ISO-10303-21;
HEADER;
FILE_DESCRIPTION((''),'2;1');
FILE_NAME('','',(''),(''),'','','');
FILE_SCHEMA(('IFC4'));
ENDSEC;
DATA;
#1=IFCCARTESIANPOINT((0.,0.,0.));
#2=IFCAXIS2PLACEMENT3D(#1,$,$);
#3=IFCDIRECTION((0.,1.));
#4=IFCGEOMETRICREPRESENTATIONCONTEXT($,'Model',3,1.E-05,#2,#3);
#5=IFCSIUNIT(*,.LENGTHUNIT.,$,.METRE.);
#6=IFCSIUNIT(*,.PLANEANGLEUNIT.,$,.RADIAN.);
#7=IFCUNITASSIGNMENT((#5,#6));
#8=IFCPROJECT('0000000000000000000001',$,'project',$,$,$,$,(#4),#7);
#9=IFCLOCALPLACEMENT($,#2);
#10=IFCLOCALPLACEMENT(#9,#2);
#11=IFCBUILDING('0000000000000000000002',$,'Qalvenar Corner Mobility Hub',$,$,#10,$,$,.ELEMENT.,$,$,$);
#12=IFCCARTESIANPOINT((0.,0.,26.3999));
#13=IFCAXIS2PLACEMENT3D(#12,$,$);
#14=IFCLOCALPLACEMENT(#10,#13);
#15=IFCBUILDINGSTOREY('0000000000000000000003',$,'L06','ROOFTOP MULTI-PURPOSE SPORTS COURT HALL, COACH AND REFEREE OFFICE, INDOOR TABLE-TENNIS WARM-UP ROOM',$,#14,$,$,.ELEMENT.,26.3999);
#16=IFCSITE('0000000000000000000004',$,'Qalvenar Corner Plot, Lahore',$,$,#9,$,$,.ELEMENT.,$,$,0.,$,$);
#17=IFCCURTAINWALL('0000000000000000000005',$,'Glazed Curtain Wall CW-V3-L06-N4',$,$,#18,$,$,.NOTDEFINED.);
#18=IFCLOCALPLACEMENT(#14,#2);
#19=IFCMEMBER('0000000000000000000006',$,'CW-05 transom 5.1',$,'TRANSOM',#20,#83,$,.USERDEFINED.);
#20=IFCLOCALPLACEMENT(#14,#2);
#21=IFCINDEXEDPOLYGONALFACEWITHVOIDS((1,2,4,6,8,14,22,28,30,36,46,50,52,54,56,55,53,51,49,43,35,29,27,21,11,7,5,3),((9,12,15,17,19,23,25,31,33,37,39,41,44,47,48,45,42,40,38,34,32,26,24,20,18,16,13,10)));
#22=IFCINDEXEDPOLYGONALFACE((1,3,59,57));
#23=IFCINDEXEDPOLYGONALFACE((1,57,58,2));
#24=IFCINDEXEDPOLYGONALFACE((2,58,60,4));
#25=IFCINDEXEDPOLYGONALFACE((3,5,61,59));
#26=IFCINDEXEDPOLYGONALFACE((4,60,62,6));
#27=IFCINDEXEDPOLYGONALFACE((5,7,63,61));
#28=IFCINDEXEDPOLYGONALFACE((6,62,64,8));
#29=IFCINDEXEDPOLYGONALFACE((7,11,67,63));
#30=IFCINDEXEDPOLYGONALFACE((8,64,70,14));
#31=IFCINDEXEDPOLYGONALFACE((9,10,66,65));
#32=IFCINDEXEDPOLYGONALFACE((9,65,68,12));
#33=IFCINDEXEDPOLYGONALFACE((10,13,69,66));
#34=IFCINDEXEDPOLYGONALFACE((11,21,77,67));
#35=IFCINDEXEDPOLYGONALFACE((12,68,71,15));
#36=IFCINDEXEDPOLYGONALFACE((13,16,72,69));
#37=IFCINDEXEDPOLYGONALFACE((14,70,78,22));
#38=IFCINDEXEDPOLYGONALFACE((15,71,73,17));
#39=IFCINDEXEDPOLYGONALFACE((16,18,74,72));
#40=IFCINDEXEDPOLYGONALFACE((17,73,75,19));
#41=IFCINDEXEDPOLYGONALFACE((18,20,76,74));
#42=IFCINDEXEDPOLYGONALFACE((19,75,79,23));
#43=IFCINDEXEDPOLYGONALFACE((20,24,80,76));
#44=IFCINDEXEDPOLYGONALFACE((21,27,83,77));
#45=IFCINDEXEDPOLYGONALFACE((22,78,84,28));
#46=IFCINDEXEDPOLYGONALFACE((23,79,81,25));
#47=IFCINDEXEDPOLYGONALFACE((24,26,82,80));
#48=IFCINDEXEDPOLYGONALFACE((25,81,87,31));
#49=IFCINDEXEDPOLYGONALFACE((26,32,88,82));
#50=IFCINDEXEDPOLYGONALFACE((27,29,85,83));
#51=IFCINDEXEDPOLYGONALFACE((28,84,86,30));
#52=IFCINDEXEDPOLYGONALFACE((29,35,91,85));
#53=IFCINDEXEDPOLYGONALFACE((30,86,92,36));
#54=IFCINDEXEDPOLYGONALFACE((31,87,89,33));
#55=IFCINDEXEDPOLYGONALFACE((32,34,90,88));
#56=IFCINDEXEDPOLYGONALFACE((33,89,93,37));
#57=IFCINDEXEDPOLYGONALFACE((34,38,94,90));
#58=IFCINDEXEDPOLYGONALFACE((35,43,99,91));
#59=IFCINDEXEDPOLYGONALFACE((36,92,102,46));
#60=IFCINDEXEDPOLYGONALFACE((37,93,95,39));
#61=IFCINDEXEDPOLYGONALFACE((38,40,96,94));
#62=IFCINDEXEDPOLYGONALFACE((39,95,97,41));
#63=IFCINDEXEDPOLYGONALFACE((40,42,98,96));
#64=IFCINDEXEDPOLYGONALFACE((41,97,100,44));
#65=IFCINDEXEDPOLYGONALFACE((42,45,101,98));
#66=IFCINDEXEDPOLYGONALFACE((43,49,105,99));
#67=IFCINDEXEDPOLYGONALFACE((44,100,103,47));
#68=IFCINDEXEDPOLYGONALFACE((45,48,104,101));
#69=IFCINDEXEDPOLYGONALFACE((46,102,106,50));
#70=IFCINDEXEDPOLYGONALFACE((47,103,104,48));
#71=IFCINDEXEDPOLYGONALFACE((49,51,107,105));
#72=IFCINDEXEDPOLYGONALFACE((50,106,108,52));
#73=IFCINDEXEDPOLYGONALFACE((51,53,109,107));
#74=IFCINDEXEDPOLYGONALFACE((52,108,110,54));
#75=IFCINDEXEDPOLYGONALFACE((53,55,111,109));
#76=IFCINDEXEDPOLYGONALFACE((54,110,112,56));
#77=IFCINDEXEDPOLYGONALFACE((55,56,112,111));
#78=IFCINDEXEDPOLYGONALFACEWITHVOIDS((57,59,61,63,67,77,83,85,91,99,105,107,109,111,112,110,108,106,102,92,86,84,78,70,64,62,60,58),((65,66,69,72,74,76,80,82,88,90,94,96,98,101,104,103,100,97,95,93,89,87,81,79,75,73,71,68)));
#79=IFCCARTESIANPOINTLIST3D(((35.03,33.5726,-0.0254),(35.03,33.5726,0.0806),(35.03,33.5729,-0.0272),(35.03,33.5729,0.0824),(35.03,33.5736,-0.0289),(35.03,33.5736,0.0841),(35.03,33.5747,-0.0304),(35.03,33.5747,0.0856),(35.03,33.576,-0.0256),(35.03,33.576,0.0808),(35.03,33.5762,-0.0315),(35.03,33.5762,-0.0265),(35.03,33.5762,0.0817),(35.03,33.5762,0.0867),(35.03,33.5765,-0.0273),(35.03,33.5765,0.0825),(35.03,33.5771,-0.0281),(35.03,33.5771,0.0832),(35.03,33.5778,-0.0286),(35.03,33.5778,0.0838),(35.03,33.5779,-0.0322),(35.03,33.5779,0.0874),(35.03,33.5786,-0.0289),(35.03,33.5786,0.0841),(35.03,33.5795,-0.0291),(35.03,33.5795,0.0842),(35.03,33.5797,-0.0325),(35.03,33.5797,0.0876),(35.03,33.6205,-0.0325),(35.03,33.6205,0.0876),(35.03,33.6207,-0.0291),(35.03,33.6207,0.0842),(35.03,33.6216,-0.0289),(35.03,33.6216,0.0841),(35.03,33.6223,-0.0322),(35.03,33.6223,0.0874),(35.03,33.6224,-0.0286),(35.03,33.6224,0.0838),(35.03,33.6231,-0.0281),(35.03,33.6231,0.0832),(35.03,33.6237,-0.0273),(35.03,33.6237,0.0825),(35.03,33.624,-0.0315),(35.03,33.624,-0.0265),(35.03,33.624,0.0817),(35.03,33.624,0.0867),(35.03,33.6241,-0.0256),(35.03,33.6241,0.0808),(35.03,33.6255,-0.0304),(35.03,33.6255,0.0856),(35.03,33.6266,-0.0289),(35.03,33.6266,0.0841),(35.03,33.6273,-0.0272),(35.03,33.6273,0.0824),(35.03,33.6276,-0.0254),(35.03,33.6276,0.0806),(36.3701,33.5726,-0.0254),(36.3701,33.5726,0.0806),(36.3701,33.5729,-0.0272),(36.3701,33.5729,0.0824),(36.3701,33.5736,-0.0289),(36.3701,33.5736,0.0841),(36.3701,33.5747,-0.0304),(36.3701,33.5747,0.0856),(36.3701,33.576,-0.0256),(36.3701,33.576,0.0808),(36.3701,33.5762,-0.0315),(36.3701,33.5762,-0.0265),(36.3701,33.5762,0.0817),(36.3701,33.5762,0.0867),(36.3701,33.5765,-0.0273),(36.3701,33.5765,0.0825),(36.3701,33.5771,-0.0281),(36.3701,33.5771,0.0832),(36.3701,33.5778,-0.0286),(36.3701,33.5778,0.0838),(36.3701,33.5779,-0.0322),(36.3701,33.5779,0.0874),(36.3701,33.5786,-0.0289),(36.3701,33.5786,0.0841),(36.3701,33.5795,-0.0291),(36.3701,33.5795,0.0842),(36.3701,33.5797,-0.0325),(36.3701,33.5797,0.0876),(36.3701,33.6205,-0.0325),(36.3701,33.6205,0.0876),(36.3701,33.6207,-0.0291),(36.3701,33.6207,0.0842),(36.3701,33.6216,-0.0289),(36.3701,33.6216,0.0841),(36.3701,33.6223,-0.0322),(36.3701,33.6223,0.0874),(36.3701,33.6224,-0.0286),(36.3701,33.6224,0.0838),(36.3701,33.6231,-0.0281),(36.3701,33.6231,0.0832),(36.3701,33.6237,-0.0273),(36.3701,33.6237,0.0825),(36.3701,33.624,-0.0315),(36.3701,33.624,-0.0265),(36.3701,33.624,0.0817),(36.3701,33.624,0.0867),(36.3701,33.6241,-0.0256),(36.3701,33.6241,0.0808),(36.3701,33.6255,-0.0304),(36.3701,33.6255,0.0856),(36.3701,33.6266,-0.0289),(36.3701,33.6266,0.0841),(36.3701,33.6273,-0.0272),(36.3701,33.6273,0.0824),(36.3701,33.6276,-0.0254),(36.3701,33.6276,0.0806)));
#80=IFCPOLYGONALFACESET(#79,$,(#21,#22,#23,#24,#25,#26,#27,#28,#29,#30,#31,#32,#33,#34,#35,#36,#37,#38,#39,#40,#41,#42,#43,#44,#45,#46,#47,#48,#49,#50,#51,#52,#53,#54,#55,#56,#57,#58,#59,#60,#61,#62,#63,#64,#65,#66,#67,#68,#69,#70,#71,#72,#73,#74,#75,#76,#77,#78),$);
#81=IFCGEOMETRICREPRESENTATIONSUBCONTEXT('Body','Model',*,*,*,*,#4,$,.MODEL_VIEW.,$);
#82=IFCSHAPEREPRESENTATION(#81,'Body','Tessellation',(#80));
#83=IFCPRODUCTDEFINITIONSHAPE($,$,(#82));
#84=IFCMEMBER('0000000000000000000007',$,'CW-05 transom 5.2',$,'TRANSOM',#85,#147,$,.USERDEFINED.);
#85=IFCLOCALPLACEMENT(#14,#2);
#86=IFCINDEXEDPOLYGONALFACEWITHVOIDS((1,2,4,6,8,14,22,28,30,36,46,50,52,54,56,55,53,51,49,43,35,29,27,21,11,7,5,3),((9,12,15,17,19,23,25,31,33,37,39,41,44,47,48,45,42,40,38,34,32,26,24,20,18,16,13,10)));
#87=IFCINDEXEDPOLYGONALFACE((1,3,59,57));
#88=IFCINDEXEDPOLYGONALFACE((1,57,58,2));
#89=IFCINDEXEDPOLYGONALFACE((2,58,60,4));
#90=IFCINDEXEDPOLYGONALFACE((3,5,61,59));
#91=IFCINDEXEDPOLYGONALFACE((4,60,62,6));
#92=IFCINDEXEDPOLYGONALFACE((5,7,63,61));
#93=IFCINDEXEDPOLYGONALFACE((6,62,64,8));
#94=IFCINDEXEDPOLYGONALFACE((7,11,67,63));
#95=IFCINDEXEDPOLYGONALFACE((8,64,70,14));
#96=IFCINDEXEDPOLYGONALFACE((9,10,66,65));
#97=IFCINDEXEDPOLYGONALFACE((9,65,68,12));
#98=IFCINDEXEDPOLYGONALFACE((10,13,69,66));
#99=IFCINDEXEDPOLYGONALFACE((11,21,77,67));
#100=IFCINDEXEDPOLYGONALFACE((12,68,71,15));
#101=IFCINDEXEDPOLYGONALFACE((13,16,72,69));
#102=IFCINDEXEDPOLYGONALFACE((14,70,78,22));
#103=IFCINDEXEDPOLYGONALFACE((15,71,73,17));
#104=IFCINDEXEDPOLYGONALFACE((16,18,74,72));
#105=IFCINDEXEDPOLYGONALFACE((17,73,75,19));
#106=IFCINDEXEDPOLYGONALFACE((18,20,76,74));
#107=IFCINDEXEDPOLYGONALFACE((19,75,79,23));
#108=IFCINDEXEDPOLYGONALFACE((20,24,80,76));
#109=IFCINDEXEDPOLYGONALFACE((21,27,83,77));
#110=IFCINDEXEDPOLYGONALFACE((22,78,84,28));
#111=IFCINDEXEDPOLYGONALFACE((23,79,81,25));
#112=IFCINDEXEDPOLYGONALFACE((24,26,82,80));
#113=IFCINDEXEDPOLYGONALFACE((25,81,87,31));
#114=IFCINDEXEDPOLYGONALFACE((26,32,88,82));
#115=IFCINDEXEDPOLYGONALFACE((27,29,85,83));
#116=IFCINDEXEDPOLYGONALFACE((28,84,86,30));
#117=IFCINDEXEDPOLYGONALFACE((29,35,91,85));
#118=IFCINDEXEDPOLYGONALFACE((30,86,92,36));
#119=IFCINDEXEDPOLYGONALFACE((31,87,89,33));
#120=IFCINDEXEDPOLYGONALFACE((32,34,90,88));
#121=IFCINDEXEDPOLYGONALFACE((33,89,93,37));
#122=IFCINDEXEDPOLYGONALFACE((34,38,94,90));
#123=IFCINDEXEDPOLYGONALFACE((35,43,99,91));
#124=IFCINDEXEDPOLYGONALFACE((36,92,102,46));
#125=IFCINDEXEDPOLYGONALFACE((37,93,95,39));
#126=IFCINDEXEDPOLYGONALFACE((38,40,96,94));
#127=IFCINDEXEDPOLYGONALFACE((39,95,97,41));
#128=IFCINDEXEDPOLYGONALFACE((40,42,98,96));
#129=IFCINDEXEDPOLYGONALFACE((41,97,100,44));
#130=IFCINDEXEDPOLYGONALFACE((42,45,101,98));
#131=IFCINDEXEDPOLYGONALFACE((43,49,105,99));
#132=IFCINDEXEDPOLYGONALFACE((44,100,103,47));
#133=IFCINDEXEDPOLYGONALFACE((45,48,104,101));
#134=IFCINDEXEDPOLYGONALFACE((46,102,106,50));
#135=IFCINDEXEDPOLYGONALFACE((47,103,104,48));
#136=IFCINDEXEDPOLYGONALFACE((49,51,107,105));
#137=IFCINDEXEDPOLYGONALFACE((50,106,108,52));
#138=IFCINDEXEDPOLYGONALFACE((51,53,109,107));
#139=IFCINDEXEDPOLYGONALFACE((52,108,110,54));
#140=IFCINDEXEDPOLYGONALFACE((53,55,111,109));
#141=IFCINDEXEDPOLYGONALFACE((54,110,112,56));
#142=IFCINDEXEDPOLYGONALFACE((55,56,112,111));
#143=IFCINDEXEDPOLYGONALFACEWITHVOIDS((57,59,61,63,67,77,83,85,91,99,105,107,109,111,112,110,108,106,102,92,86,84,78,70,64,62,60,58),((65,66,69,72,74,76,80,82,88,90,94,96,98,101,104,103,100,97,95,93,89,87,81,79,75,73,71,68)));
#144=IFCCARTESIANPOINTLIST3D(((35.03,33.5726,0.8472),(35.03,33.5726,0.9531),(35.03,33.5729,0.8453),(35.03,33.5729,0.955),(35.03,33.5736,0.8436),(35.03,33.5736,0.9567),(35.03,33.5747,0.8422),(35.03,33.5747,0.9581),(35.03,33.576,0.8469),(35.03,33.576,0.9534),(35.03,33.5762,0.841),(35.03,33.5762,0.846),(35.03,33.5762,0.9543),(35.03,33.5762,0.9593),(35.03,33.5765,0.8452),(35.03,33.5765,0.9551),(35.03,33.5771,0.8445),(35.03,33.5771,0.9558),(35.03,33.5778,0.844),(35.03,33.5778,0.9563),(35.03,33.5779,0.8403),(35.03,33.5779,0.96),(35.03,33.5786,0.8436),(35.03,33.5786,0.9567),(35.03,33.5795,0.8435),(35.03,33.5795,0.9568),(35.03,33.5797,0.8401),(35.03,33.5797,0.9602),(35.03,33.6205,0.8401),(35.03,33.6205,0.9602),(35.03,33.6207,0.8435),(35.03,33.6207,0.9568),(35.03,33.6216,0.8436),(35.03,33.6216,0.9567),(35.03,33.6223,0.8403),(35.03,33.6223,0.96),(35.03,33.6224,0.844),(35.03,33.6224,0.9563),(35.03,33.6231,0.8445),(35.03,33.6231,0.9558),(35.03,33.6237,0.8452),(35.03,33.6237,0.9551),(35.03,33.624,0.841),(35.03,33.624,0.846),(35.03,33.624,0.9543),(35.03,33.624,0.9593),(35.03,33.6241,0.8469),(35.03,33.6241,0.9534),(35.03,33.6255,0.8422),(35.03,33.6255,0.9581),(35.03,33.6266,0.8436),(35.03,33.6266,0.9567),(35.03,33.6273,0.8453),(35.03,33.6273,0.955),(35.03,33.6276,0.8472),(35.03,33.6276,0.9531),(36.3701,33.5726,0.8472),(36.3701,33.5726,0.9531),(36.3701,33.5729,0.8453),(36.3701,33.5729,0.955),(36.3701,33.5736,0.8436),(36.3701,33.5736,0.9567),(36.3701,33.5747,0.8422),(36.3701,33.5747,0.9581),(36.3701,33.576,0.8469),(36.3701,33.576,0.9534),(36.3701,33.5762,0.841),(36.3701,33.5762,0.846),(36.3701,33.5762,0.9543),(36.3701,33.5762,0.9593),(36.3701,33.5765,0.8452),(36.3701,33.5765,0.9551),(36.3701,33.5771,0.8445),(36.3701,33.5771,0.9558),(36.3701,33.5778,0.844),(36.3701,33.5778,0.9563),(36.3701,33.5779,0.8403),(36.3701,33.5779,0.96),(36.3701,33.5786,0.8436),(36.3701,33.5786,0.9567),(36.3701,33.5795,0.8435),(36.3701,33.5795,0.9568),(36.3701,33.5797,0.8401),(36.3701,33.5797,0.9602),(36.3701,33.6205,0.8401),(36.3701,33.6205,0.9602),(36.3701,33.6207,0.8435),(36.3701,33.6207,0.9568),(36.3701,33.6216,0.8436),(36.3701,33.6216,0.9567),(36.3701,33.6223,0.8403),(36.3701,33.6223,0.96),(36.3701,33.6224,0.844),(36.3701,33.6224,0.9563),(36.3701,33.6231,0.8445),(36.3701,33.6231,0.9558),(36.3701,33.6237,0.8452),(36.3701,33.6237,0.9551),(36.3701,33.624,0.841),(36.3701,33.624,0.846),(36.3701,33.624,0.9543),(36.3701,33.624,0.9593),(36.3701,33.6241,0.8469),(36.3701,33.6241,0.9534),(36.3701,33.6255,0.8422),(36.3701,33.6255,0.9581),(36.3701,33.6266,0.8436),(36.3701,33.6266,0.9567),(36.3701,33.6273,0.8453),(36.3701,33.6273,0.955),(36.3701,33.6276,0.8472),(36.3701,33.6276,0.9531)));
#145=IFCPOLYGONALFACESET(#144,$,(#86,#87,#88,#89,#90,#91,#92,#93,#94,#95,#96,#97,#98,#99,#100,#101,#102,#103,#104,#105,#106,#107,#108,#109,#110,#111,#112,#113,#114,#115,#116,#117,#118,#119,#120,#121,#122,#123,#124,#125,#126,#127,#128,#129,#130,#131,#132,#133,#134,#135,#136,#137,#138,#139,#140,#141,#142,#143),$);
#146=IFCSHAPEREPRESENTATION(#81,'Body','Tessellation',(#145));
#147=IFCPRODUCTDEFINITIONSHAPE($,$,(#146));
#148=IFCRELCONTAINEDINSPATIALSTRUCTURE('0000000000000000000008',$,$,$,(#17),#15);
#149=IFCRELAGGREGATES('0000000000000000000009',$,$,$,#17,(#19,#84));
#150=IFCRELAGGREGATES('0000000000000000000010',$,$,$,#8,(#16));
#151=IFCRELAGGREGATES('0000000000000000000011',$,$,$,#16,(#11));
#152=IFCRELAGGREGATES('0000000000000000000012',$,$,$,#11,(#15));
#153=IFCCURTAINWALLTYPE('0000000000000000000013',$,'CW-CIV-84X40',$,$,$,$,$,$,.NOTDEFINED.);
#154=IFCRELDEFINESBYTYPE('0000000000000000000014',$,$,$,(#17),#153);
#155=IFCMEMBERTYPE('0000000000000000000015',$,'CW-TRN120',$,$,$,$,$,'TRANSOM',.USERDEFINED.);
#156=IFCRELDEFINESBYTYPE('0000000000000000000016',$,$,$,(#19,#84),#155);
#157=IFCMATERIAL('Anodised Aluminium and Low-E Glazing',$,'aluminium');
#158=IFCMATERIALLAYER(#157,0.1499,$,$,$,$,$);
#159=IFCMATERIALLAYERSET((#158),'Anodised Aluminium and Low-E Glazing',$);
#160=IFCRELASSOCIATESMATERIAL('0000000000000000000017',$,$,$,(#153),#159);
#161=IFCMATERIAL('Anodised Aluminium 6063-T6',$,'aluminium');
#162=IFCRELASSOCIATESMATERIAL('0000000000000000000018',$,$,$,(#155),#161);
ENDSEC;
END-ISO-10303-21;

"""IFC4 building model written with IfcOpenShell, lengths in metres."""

from ifc_helpers import new_model, si_unit, direction, frame, origin, origin_2d, place, context, subcontext, project, spatial, hollow_rectangle, extrude, material, layer, layer_set, material_profile, profile_set, type_object, element, aggregate, save


model = new_model("IFC4")

# Units and contexts
model_context = context("Model", 3, precision=1e-05, world=origin(), true_north=direction((0.0, 1.0)))
body_context = subcontext(model_context, "Body", "Model", "MODEL_VIEW")
ifc_project = project(units=[si_unit("LENGTHUNIT", "METRE"), si_unit("PLANEANGLEUNIT", "RADIAN")], contexts=[model_context])

# Site, building, storey
site_placement = place(None, origin())
site = spatial("IfcSite", under=ifc_project, at=site_placement, Name="Qalvenar Corner Plot, Lahore", CompositionType="ELEMENT", RefElevation=0.0)
building_placement = place(site_placement, origin())
building = spatial("IfcBuilding", under=site, at=building_placement, Name="Qalvenar Corner Mobility Hub", CompositionType="ELEMENT")
storey_placement = place(building_placement, frame((0.0, 0.0, 26.3999)))
storey = spatial("IfcBuildingStorey", under=building, at=storey_placement, Name="L06", Description="ROOFTOP MULTI-PURPOSE SPORTS COURT HALL, COACH AND REFEREE OFFICE, INDOOR TABLE-TENNIS WARM-UP ROOM", CompositionType="ELEMENT", Elevation=26.3999)

# Curtain wall, members
ifc_material_1 = material(Name="Anodised Aluminium and Low-E Glazing", Category="aluminium")
ifc_layer_1 = layer(ifc_material_1, 0.1499)
ifc_layer_set_1 = layer_set([ifc_layer_1], Name="Anodised Aluminium and Low-E Glazing")
curtain_wall_type = type_object("IfcCurtainWallType", Name="CW-CIV-84X40", PredefinedType="NOTDEFINED", material=ifc_layer_set_1)
curtain_wall_placement = place(storey_placement, origin())
curtain_wall = element("IfcCurtainWall", 1, at=curtain_wall_placement, inside=storey, type_object=curtain_wall_type, Name="Glazed Curtain Wall CW-V3-L06-N4", PredefinedType="NOTDEFINED")
ifc_material_2 = material(Name="Anodised Aluminium 6063-T6", Category="aluminium")
ifc_material_profile_1 = material_profile(ifc_material_2, hollow_rectangle(XDim=0.0549, YDim=0.1201, WallThickness=0.0034, InnerFilletRadius=0.0034, OuterFilletRadius=0.0071, at=origin_2d()), Name="RHS120x55x3.5")
ifc_profile_set_1 = profile_set([ifc_material_profile_1], Name="Anodised Aluminium 6063-T6")
member_type_1 = type_object("IfcMemberType", Name="CW-TRN120", ElementType="TRANSOM", PredefinedType="USERDEFINED", material=ifc_profile_set_1)
member_1_placement = place(storey_placement, frame((36.3701, 33.6001, 0.0276), z_axis=(-1.0, 0.0, 0.0), x_axis=(0.0, -1.0, 0.0)))
member_1 = element("IfcMember", 2, at=member_1_placement, type_object=member_type_1, Name="CW-05 transom 5.1", ObjectType="TRANSOM", PredefinedType="USERDEFINED", context=body_context, shape_type="SweptSolid", body=[
    extrude(hollow_rectangle(XDim=0.0549, YDim=0.1201, WallThickness=0.0034, InnerFilletRadius=0.0034, OuterFilletRadius=0.0071, at=origin_2d()), origin(), (0.0, 0.0, 1.0), 1.3401),
])
member_2_placement = place(storey_placement, frame((36.3701, 33.6001, 0.9001), z_axis=(-1.0, 0.0, 0.0), x_axis=(0.0, -1.0, 0.0)))
member_2 = element("IfcMember", 3, at=member_2_placement, type_object=member_type_1, Name="CW-05 transom 5.2", ObjectType="TRANSOM", PredefinedType="USERDEFINED", context=body_context, shape_type="SweptSolid", body=[
    extrude(hollow_rectangle(XDim=0.0549, YDim=0.1201, WallThickness=0.0034, InnerFilletRadius=0.0034, OuterFilletRadius=0.0071, at=origin_2d()), origin(), (0.0, 0.0, 1.0), 1.3401),
])
aggregate(curtain_wall, [member_1, member_2])

save(model, "model.ifc")
